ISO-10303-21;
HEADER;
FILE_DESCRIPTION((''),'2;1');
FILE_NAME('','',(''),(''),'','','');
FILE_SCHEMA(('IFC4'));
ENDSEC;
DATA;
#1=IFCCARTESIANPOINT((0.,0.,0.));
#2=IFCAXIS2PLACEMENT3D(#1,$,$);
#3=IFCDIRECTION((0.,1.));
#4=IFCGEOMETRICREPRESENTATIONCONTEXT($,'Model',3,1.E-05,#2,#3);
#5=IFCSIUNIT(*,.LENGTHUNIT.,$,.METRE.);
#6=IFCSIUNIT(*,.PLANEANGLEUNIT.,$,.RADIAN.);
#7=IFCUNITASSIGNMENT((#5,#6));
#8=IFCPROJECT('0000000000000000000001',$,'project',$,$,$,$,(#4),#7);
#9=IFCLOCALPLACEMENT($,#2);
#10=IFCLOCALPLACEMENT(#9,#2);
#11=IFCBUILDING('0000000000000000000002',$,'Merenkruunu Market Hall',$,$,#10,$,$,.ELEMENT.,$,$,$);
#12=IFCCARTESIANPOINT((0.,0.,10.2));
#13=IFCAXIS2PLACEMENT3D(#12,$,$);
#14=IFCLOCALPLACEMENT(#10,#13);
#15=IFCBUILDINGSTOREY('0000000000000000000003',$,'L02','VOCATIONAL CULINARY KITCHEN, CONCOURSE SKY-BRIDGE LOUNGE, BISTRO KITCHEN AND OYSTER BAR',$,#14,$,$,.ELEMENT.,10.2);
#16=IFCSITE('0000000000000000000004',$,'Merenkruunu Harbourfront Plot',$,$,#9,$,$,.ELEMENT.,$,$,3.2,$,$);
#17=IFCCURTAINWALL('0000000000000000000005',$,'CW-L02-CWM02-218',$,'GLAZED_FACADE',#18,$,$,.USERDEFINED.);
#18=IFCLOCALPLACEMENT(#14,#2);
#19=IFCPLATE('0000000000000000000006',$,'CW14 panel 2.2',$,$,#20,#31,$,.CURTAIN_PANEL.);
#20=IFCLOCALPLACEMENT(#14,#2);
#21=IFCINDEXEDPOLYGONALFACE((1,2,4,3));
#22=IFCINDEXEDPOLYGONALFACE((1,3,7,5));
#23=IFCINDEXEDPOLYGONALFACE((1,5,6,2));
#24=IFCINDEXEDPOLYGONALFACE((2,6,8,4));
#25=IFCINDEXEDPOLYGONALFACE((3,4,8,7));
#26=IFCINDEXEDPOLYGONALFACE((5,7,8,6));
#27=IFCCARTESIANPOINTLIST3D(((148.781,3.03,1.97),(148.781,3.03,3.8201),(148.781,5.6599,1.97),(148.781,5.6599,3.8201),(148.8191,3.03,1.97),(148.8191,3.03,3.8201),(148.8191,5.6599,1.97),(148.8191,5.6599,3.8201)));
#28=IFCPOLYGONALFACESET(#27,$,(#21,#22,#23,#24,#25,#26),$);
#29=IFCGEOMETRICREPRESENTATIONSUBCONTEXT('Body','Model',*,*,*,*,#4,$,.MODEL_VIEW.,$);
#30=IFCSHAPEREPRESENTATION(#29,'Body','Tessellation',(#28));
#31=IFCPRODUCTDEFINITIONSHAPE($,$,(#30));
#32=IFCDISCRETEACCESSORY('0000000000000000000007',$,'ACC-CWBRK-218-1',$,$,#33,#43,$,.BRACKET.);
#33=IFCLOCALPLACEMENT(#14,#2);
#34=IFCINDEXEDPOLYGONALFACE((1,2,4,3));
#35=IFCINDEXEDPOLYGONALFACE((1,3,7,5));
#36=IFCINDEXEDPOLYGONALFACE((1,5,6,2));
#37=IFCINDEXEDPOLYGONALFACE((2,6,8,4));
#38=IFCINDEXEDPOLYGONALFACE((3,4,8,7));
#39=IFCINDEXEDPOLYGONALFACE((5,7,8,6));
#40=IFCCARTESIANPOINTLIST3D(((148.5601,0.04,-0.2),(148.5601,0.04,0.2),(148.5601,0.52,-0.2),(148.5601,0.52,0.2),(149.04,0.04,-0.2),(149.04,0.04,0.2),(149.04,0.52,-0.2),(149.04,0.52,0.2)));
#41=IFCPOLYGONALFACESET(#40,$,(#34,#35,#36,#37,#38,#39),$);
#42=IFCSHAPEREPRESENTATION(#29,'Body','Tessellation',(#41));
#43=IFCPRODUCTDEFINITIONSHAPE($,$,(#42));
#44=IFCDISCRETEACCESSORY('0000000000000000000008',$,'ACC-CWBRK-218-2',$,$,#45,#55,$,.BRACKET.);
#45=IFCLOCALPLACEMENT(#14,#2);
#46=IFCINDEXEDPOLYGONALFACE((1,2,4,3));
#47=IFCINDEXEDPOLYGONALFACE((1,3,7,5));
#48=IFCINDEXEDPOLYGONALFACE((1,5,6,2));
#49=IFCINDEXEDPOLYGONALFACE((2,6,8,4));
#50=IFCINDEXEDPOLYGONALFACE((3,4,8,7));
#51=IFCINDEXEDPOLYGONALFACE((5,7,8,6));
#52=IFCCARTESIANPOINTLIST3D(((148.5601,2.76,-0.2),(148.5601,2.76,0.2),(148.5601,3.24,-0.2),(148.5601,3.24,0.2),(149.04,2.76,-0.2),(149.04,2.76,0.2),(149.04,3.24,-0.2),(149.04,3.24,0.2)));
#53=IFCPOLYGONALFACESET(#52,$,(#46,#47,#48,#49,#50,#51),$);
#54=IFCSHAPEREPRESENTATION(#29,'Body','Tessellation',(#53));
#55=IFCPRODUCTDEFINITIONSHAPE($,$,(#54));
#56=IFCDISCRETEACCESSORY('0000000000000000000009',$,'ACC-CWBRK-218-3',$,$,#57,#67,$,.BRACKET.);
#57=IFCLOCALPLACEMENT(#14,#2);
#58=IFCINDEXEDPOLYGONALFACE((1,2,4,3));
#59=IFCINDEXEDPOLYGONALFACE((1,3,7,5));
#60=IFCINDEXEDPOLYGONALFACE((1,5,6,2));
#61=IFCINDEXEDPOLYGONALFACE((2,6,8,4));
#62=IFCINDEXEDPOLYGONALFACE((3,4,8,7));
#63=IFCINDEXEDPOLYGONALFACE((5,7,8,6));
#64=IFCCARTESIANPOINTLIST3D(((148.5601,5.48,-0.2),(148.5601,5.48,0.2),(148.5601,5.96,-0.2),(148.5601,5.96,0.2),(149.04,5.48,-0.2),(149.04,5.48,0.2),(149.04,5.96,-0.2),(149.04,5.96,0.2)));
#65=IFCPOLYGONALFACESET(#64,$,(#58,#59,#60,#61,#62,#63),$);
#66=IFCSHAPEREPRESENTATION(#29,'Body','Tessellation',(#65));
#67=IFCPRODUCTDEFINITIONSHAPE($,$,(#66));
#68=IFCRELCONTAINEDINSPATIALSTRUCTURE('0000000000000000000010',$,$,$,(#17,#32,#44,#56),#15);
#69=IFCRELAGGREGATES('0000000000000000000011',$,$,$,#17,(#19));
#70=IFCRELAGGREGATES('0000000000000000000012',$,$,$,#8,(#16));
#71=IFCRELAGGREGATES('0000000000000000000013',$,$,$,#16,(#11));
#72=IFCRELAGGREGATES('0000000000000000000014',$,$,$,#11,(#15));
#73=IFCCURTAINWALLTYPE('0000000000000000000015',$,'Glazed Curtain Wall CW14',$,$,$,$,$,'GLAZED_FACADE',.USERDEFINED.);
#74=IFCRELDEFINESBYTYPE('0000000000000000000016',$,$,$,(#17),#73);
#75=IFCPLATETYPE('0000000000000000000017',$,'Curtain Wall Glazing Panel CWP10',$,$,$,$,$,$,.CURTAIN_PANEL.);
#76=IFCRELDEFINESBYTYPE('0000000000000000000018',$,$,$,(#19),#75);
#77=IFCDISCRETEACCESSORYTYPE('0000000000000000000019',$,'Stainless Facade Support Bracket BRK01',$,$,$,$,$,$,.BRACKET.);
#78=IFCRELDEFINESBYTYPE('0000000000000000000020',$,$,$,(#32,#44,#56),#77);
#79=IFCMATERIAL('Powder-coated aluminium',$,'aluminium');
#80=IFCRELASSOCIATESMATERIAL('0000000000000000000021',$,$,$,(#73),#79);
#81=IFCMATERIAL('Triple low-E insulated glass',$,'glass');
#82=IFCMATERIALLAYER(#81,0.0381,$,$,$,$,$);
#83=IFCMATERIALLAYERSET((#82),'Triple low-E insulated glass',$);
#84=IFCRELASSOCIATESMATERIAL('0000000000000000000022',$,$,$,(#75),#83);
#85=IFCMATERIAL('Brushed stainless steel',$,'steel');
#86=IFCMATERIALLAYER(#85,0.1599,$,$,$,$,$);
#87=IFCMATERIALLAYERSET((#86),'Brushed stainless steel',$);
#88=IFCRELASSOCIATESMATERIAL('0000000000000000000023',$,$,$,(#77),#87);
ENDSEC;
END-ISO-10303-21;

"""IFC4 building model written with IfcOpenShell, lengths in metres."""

from ifc_helpers import new_model, si_unit, direction, frame, origin, origin_2d, place, context, subcontext, project, spatial, rectangle, extrude, material, layer, layer_set, type_object, element, aggregate, save


model = new_model("IFC4")

# Units and contexts
model_context = context("Model", 3, precision=1e-05, world=origin(), true_north=direction((0.0, 1.0)))
body_context = subcontext(model_context, "Body", "Model", "MODEL_VIEW")
ifc_project = project(units=[si_unit("LENGTHUNIT", "METRE"), si_unit("PLANEANGLEUNIT", "RADIAN")], contexts=[model_context])

# Site, building, storey
site_placement = place(None, origin())
site = spatial("IfcSite", under=ifc_project, at=site_placement, Name="Merenkruunu Harbourfront Plot", CompositionType="ELEMENT", RefElevation=3.2)
building_placement = place(site_placement, origin())
building = spatial("IfcBuilding", under=site, at=building_placement, Name="Merenkruunu Market Hall", CompositionType="ELEMENT")
storey_placement = place(building_placement, frame((0.0, 0.0, 10.2)))
storey = spatial("IfcBuildingStorey", under=building, at=storey_placement, Name="L02", Description="VOCATIONAL CULINARY KITCHEN, CONCOURSE SKY-BRIDGE LOUNGE, BISTRO KITCHEN AND OYSTER BAR", CompositionType="ELEMENT", Elevation=10.2)

# Curtain wall
ifc_material_1 = material(Name="Powder-coated aluminium", Category="aluminium")
curtain_wall_type = type_object("IfcCurtainWallType", Name="Glazed Curtain Wall CW14", ElementType="GLAZED_FACADE", PredefinedType="USERDEFINED", material=ifc_material_1)
curtain_wall_1_placement = place(storey_placement, origin())
curtain_wall_1 = element("IfcCurtainWall", 1, at=curtain_wall_1_placement, inside=storey, type_object=curtain_wall_type, Name="CW-L02-CWM02-218", ObjectType="GLAZED_FACADE", PredefinedType="USERDEFINED")

# Plate
ifc_material_2 = material(Name="Triple low-E insulated glass", Category="glass")
ifc_layer_1 = layer(ifc_material_2, 0.0381)
ifc_layer_set_1 = layer_set([ifc_layer_1], Name="Triple low-E insulated glass")
plate_type = type_object("IfcPlateType", Name="Curtain Wall Glazing Panel CWP10", PredefinedType="CURTAIN_PANEL", material=ifc_layer_set_1)
plate_1_placement = place(storey_placement, frame((148.8, 4.345, 1.97), z_axis=(0.0, 0.0, 1.0), x_axis=(0.0, 1.0, 0.0)))
plate_1 = element("IfcPlate", 2, at=plate_1_placement, type_object=plate_type, Name="CW14 panel 2.2", PredefinedType="CURTAIN_PANEL", context=body_context, shape_type="SweptSolid", body=[
    extrude(rectangle(XDim=2.6299, YDim=0.0381, at=origin_2d()), origin(), (0.0, 0.0, 1.0), 1.8501),
])
aggregate(curtain_wall_1, [plate_1])

# Discrete accessories
ifc_material_3 = material(Name="Brushed stainless steel", Category="steel")
ifc_layer_2 = layer(ifc_material_3, 0.1599)
ifc_layer_set_2 = layer_set([ifc_layer_2], Name="Brushed stainless steel")
discrete_accessory_type = type_object("IfcDiscreteAccessoryType", Name="Stainless Facade Support Bracket BRK01", PredefinedType="BRACKET", material=ifc_layer_set_2)
for number, where, z_axis, x_axis, name in (
    (3, (148.8, 0.28, -0.2), (0.0, 0.0, 1.0), (1.0, 0.0, 0.0), "ACC-CWBRK-218-1"),
    (4, (148.8, 3.0, -0.2), (0.0, 0.0, 1.0), (1.0, 0.0, 0.0), "ACC-CWBRK-218-2"),
    (5, (148.8, 5.72, -0.2), (0.0, 0.0, 1.0), (1.0, 0.0, 0.0), "ACC-CWBRK-218-3"),
):
    element("IfcDiscreteAccessory", number, at=place(storey_placement, frame(where, z_axis=z_axis, x_axis=x_axis)), inside=storey, type_object=discrete_accessory_type, Name=name, PredefinedType="BRACKET", context=body_context, shape_type="SweptSolid", body=[
        extrude(rectangle(XDim=0.48, YDim=0.48, at=origin_2d()), origin(), (0.0, 0.0, 1.0), 0.3999),
    ])

save(model, "model.ifc")
